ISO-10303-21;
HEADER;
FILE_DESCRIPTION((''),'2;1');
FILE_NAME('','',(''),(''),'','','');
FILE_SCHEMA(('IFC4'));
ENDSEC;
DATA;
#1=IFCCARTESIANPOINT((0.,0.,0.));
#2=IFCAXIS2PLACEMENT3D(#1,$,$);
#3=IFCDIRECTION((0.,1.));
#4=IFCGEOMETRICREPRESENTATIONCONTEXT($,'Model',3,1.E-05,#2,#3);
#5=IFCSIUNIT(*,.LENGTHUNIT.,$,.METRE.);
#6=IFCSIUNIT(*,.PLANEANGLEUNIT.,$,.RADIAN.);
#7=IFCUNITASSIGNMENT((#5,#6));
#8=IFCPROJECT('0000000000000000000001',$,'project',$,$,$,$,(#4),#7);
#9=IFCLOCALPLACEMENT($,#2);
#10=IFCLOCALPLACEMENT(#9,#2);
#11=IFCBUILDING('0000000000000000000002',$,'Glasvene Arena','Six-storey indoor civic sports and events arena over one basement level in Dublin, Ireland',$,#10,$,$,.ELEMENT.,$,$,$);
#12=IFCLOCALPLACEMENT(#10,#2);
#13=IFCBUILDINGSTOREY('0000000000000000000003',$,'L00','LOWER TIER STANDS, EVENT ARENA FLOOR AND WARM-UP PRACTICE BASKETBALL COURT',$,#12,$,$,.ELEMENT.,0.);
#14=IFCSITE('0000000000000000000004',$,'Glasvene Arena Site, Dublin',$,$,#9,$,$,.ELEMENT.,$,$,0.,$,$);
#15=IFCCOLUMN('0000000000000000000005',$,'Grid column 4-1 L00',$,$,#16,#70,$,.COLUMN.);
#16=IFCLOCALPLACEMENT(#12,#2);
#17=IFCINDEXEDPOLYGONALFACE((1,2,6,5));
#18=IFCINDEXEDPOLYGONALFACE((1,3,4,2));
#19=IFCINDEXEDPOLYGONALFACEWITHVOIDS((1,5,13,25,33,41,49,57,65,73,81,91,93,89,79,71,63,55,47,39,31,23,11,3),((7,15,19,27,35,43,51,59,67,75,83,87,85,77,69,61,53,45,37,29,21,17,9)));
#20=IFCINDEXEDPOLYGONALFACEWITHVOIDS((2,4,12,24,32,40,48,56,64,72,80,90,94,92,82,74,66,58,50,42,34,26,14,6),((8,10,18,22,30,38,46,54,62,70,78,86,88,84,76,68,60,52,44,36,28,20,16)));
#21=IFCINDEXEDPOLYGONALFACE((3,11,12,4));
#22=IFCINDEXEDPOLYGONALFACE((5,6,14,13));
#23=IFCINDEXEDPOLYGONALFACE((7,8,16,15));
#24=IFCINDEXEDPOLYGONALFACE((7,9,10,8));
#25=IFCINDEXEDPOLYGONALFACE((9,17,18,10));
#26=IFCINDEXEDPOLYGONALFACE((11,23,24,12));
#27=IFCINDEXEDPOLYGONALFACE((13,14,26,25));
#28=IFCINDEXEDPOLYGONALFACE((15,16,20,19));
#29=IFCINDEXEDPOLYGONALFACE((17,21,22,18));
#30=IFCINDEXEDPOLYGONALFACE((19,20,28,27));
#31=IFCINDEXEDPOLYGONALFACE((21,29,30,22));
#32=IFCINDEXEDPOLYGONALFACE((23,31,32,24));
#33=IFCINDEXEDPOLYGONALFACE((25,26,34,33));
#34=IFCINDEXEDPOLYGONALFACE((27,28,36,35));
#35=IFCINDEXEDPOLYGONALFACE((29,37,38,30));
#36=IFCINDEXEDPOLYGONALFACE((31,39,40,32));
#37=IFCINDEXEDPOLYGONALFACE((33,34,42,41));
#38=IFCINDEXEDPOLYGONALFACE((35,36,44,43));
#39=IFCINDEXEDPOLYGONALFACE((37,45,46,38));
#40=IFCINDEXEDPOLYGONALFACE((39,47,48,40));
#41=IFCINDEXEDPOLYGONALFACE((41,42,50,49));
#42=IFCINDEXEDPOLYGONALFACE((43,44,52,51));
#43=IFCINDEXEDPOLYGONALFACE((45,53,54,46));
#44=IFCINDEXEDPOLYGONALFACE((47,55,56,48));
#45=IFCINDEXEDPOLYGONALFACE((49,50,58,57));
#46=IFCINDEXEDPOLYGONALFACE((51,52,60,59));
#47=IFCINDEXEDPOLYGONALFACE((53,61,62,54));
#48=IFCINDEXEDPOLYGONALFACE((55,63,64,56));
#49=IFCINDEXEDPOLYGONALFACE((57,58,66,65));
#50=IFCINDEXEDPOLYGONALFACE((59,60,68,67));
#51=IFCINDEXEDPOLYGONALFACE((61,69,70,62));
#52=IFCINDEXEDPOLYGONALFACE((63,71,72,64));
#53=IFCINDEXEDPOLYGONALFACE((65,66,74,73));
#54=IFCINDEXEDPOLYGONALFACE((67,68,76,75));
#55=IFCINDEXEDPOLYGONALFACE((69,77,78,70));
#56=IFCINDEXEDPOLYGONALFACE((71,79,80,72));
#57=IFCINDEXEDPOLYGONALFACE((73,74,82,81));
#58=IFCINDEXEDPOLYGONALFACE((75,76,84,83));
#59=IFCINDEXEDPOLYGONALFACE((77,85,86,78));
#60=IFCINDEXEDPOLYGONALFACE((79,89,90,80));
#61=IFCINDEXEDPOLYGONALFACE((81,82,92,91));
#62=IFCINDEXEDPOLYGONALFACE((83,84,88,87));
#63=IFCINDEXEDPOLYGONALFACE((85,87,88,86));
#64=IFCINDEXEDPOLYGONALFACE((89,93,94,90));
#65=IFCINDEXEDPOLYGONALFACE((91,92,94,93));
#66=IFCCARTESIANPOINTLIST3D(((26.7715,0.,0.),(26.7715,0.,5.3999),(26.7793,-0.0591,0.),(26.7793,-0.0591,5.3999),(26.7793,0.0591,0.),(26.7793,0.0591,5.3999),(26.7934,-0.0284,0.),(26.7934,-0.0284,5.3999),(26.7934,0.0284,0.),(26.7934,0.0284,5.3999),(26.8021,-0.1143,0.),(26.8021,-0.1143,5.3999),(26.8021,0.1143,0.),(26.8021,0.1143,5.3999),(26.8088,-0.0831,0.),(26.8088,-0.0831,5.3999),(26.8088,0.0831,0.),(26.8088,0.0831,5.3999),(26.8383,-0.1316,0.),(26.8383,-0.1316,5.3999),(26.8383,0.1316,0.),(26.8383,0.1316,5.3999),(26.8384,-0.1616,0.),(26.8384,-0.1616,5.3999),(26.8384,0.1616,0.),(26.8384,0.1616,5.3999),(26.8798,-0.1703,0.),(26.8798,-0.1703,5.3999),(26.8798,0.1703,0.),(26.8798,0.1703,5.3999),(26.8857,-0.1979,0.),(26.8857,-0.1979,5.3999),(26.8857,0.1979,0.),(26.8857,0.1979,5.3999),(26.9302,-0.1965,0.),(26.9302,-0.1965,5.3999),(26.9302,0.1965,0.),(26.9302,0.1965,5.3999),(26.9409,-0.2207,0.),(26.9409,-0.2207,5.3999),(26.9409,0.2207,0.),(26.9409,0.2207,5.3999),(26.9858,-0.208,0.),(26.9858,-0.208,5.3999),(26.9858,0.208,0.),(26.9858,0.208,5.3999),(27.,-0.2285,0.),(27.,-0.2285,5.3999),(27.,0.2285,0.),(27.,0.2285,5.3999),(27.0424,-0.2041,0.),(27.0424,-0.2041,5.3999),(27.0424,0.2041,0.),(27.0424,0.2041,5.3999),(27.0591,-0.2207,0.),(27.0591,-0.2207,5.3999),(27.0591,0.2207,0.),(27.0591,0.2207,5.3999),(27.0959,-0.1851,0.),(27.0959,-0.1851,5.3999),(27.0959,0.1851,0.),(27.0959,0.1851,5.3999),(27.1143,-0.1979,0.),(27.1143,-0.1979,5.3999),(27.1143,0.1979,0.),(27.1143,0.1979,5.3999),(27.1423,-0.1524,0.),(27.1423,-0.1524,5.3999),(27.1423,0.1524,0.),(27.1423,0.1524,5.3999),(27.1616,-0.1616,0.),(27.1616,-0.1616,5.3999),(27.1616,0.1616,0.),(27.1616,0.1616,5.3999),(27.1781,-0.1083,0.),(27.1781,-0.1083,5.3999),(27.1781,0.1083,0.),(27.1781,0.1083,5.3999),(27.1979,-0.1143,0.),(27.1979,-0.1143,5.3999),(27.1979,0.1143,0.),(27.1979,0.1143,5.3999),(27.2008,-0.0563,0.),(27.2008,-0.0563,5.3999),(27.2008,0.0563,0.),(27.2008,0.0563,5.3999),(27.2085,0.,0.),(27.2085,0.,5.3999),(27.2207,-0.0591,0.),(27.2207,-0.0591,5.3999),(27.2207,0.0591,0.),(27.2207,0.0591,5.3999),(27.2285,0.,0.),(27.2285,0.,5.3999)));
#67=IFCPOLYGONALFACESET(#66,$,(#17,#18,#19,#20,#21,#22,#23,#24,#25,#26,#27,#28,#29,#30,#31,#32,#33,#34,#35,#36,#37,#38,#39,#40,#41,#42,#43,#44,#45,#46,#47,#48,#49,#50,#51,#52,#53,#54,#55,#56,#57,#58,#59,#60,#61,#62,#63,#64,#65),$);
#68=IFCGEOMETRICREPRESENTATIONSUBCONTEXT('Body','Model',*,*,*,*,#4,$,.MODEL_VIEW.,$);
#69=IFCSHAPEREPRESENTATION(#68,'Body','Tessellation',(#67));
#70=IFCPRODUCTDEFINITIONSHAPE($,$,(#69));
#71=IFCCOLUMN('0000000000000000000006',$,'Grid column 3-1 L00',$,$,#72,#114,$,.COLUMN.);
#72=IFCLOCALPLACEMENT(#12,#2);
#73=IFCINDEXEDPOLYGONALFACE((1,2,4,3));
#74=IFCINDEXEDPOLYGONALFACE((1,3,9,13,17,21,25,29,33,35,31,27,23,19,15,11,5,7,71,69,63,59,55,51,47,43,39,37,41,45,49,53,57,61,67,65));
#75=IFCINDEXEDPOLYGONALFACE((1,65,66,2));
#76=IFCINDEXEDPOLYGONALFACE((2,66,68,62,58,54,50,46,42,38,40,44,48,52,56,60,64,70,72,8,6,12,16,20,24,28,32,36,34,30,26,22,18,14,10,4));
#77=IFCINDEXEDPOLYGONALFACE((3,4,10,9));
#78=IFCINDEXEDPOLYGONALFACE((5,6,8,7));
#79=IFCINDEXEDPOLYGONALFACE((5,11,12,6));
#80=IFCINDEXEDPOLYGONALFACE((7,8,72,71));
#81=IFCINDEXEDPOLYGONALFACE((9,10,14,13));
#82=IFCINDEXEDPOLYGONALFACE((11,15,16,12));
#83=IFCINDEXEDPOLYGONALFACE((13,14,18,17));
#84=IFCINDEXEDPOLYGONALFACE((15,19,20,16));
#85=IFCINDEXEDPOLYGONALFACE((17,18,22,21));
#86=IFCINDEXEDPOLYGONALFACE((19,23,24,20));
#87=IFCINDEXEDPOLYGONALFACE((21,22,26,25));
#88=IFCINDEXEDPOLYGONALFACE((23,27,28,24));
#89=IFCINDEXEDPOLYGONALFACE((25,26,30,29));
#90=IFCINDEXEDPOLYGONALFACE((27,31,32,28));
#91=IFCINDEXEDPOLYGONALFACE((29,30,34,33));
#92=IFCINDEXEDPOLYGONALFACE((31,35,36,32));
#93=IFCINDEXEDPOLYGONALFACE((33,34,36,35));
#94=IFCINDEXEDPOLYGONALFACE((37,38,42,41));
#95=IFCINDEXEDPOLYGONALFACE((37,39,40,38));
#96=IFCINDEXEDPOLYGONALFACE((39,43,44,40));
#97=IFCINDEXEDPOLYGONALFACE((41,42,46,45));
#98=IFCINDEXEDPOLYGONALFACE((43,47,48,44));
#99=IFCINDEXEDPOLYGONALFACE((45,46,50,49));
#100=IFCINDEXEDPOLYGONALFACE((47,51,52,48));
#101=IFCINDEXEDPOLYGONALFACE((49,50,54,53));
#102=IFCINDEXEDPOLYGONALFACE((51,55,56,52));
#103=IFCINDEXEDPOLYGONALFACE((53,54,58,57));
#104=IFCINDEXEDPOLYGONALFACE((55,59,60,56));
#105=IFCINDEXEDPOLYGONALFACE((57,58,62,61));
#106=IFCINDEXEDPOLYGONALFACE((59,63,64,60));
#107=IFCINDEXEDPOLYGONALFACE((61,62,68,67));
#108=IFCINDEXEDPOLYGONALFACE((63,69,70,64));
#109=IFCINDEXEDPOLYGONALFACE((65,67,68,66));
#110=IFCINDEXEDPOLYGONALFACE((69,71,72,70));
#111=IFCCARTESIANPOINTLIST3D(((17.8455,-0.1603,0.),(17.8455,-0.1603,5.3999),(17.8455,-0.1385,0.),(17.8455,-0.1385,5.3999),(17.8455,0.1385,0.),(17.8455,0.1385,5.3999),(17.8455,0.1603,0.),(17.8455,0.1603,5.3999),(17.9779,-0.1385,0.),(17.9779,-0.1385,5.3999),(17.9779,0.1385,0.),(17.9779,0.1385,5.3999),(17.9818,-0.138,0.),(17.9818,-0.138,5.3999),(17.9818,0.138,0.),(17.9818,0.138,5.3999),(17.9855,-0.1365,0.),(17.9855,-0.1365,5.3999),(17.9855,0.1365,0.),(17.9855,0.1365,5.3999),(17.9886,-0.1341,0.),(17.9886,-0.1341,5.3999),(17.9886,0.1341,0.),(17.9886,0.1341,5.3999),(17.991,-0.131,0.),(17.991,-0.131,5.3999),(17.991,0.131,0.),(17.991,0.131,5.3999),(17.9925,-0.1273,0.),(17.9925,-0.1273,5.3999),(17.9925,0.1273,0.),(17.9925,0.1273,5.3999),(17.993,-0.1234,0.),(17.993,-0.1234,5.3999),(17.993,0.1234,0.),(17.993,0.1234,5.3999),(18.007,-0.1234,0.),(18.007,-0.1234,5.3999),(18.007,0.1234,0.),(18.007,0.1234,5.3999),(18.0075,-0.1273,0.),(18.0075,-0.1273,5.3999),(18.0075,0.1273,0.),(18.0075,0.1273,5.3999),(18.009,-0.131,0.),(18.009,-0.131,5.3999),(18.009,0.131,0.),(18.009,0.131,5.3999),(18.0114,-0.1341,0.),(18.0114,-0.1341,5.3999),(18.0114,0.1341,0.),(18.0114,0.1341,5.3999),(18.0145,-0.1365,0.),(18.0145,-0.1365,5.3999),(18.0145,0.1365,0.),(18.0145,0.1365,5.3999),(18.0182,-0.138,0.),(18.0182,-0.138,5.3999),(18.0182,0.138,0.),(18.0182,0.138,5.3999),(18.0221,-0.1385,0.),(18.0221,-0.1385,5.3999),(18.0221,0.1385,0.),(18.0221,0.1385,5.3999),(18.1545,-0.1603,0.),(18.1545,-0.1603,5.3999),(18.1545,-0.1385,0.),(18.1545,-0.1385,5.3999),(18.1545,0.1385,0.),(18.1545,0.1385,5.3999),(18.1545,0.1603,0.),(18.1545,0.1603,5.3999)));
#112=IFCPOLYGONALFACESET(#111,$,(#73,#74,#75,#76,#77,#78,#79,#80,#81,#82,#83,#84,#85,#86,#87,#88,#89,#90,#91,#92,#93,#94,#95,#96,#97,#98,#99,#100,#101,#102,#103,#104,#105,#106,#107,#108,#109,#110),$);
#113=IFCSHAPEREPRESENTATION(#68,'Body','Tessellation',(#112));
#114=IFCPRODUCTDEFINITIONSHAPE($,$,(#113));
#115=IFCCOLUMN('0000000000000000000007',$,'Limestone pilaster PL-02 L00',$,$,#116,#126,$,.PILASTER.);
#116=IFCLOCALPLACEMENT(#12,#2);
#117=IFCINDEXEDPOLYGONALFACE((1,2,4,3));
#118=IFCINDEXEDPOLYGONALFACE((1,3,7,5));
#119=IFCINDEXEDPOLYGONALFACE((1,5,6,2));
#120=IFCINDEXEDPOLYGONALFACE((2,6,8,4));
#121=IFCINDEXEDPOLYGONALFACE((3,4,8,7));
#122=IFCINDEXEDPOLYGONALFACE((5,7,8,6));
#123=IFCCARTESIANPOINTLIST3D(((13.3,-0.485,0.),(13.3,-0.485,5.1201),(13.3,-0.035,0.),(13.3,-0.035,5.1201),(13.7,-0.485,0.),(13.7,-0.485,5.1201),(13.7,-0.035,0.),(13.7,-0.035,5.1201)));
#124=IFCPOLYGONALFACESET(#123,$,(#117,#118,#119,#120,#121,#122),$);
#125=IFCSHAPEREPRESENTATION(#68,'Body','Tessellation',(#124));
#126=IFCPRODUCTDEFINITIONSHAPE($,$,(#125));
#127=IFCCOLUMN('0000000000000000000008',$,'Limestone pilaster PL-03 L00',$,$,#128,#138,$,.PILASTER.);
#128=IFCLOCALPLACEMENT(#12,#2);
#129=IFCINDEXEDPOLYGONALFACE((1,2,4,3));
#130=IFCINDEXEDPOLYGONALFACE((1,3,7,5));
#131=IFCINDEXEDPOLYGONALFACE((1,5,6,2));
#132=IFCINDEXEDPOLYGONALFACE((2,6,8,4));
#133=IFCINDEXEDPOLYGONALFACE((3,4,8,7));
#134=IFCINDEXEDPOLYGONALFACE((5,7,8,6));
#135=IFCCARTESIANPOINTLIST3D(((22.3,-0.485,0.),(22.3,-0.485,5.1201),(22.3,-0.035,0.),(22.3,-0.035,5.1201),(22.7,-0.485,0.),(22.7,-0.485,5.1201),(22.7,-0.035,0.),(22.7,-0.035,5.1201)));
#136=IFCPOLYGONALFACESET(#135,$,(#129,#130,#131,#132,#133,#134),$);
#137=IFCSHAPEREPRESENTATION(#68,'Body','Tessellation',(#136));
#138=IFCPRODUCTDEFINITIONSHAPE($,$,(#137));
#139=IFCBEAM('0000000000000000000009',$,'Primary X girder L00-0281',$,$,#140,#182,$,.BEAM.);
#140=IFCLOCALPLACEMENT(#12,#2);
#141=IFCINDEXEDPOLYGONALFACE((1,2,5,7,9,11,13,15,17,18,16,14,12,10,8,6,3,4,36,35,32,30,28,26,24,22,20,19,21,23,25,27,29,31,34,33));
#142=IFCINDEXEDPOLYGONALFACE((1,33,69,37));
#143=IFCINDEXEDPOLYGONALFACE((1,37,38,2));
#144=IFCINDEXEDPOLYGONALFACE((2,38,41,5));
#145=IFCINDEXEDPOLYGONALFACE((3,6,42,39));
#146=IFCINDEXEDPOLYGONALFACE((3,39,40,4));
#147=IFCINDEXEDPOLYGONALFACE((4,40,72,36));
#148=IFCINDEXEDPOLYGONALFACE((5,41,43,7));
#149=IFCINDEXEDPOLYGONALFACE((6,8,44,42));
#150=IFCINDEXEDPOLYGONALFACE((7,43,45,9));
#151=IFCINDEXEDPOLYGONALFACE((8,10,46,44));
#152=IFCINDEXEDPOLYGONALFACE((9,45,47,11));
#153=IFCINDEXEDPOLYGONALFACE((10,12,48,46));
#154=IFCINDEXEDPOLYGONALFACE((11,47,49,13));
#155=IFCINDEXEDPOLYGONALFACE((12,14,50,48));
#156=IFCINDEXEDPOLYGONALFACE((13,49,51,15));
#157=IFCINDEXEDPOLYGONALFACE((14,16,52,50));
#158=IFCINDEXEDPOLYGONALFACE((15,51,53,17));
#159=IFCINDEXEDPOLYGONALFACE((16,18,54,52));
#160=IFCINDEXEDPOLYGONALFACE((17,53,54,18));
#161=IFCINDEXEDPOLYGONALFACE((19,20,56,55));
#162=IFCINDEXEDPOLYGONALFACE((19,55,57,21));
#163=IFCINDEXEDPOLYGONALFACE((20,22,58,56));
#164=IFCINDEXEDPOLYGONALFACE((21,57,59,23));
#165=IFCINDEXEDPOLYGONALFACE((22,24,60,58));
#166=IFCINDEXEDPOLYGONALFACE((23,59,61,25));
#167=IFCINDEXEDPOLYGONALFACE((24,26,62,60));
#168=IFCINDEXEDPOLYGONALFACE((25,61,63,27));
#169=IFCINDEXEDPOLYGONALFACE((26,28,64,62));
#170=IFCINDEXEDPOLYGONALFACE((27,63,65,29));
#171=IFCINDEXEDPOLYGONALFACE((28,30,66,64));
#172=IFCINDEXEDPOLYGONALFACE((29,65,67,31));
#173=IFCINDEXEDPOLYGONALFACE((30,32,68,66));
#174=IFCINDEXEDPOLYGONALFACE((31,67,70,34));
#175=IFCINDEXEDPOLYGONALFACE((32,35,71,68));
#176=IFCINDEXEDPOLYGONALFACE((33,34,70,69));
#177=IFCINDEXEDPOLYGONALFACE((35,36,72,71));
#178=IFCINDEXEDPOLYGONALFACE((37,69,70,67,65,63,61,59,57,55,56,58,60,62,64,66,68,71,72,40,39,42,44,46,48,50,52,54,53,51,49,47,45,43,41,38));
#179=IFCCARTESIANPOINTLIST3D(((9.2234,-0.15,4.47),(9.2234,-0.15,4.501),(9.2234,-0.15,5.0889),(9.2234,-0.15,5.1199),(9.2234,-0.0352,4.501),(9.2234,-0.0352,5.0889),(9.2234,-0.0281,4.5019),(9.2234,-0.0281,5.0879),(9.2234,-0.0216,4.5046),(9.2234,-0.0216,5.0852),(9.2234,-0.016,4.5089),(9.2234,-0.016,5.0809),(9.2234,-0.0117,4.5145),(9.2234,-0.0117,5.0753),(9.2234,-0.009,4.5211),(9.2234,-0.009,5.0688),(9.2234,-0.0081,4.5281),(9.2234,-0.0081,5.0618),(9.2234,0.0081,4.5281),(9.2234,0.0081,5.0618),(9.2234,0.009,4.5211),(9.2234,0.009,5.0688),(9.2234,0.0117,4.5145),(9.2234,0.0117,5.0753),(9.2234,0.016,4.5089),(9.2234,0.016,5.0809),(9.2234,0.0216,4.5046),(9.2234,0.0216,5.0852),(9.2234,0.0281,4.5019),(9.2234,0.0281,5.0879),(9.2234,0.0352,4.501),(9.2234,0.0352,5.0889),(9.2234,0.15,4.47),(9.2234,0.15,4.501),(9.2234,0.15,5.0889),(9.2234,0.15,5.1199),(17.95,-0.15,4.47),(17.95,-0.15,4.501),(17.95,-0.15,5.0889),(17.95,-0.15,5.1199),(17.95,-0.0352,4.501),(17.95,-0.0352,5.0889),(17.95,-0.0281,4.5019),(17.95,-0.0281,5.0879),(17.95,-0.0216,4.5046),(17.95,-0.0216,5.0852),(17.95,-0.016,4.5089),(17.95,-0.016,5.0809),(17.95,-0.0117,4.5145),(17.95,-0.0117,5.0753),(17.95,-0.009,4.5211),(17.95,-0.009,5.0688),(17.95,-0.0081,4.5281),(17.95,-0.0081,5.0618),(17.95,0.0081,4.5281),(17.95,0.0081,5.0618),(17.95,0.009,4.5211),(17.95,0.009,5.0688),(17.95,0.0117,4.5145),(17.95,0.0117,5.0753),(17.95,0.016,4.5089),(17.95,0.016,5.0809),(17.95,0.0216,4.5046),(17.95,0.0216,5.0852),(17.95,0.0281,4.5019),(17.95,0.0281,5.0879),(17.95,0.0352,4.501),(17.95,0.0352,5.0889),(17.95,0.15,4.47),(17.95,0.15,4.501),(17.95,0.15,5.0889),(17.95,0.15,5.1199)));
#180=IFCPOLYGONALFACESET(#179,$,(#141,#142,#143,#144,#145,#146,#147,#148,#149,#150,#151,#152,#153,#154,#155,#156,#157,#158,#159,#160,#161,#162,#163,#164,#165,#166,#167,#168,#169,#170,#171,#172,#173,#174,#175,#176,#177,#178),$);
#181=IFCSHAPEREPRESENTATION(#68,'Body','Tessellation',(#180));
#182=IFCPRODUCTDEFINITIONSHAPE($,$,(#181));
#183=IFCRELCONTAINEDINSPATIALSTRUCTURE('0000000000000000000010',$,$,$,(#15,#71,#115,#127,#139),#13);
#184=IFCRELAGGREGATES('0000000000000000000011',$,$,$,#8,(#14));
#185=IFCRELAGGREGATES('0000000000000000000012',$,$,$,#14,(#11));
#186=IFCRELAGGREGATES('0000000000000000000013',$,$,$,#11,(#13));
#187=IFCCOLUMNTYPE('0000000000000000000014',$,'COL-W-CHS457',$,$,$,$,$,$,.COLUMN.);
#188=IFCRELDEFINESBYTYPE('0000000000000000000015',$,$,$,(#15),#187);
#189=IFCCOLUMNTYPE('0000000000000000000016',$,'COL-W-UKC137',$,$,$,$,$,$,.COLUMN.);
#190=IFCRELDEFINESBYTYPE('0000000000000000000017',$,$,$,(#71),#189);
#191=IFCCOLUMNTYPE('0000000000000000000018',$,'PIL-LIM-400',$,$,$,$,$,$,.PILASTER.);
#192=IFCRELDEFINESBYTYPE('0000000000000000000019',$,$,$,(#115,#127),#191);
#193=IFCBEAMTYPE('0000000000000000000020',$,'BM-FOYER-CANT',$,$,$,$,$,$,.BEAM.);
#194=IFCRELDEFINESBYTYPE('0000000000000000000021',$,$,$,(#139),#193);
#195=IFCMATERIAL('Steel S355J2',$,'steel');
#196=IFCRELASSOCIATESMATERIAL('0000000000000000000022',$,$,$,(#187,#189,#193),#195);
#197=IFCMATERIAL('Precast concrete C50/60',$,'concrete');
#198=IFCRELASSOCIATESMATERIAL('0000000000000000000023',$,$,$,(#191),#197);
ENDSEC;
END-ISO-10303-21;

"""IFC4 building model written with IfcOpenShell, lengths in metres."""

from ifc_helpers import new_model, si_unit, direction, frame, origin, origin_2d, place, context, subcontext, project, spatial, rectangle, hollow_circle, i_section, extrude, material, material_profile, profile_set, type_object, element, save


model = new_model("IFC4")

# Units and contexts
model_context = context("Model", 3, precision=1e-05, world=origin(), true_north=direction((0.0, 1.0)))
body_context = subcontext(model_context, "Body", "Model", "MODEL_VIEW")
ifc_project = project(units=[si_unit("LENGTHUNIT", "METRE"), si_unit("PLANEANGLEUNIT", "RADIAN")], contexts=[model_context])

# Site, building, storey
site_placement = place(None, origin())
site = spatial("IfcSite", under=ifc_project, at=site_placement, Name="Glasvene Arena Site, Dublin", CompositionType="ELEMENT", RefElevation=0.0)
building_placement = place(site_placement, origin())
building = spatial("IfcBuilding", under=site, at=building_placement, Name="Glasvene Arena", Description="Six-storey indoor civic sports and events arena over one basement level in Dublin, Ireland", CompositionType="ELEMENT")
storey_placement = place(building_placement, origin())
storey = spatial("IfcBuildingStorey", under=building, at=storey_placement, Name="L00", Description="LOWER TIER STANDS, EVENT ARENA FLOOR AND WARM-UP PRACTICE BASKETBALL COURT", CompositionType="ELEMENT", Elevation=0.0)

# Columns
ifc_material_1 = material(Name="Steel S355J2", Category="steel")
ifc_material_profile_1 = material_profile(ifc_material_1, hollow_circle(Radius=0.2285, WallThickness=0.02, at=origin_2d()), Name="CHS 457.0x20.0")
ifc_profile_set_1 = profile_set([ifc_material_profile_1], Name="Steel S355J2")
column_type_1 = type_object("IfcColumnType", Name="COL-W-CHS457", PredefinedType="COLUMN", material=ifc_profile_set_1)
column_1_placement = place(storey_placement, frame((27.0, 0.0, 0.0), z_axis=(0.0, 0.0, 1.0), x_axis=(1.0, 0.0, 0.0)))
element("IfcColumn", 1, at=column_1_placement, inside=storey, type_object=column_type_1, Name="Grid column 4-1 L00", PredefinedType="COLUMN", context=body_context, shape_type="SweptSolid", body=[
    extrude(hollow_circle(Radius=0.2285, WallThickness=0.02, at=origin_2d()), origin(), (0.0, 0.0, 1.0), 5.3999),
])
ifc_material_profile_2 = material_profile(ifc_material_1, i_section(OverallWidth=0.3091, OverallDepth=0.3206, WebThickness=0.0139, FlangeThickness=0.0217, FilletRadius=0.0151, at=origin_2d()), Name="UKC 305x305x137")
ifc_profile_set_2 = profile_set([ifc_material_profile_2], Name="Steel S355J2")
column_type_2 = type_object("IfcColumnType", Name="COL-W-UKC137", PredefinedType="COLUMN", material=ifc_profile_set_2)
column_2_placement = place(storey_placement, frame((18.0, 0.0, 0.0), z_axis=(0.0, 0.0, 1.0), x_axis=(1.0, 0.0, 0.0)))
element("IfcColumn", 2, at=column_2_placement, inside=storey, type_object=column_type_2, Name="Grid column 3-1 L00", PredefinedType="COLUMN", context=body_context, shape_type="SweptSolid", body=[
    extrude(i_section(OverallWidth=0.3091, OverallDepth=0.3206, WebThickness=0.0139, FlangeThickness=0.0217, FilletRadius=0.0151, at=origin_2d()), origin(), (0.0, 0.0, 1.0), 5.3999),
])
ifc_material_2 = material(Name="Precast concrete C50/60", Category="concrete")
ifc_material_profile_3 = material_profile(ifc_material_2, rectangle(XDim=0.3999, YDim=0.45, at=origin_2d()), Name="RC 400x450")
ifc_profile_set_3 = profile_set([ifc_material_profile_3], Name="Precast concrete C50/60")
column_type_3 = type_object("IfcColumnType", Name="PIL-LIM-400", PredefinedType="PILASTER", material=ifc_profile_set_3)
for number, where, z_axis, x_axis, name in (
    (3, (13.5, -0.26, 0.0), (0.0, 0.0, 1.0), (1.0, 0.0, 0.0), "Limestone pilaster PL-02 L00"),
    (4, (22.5, -0.26, 0.0), (0.0, 0.0, 1.0), (1.0, 0.0, 0.0), "Limestone pilaster PL-03 L00"),
):
    element("IfcColumn", number, at=place(storey_placement, frame(where, z_axis=z_axis, x_axis=x_axis)), inside=storey, type_object=column_type_3, Name=name, PredefinedType="PILASTER", context=body_context, shape_type="SweptSolid", body=[
        extrude(rectangle(XDim=0.3999, YDim=0.45, at=origin_2d()), origin(), (0.0, 0.0, 1.0), 5.1201),
    ])

# Beam
ifc_material_profile_4 = material_profile(ifc_material_1, i_section(OverallWidth=0.3, OverallDepth=0.6499, WebThickness=0.0161, FlangeThickness=0.031, FilletRadius=0.0271, at=origin_2d()), Name="HEB 650")
ifc_profile_set_4 = profile_set([ifc_material_profile_4], Name="Steel S355J2")
beam_type_1 = type_object("IfcBeamType", Name="BM-FOYER-CANT", PredefinedType="BEAM", material=ifc_profile_set_4)
for number, where, z_axis, x_axis, name in (
    (5, (9.2234, 0.0, 4.7949), (1.0, 0.0, 0.0), (0.0, 1.0, 0.0), "Primary X girder L00-0281"),
):
    element("IfcBeam", number, at=place(storey_placement, frame(where, z_axis=z_axis, x_axis=x_axis)), inside=storey, type_object=beam_type_1, Name=name, PredefinedType="BEAM", context=body_context, shape_type="SweptSolid", body=[
        extrude(i_section(OverallWidth=0.3, OverallDepth=0.6499, WebThickness=0.0161, FlangeThickness=0.031, FilletRadius=0.0271, at=origin_2d()), origin(), (0.0, 0.0, 1.0), 8.7266),
    ])

save(model, "model.ifc")
